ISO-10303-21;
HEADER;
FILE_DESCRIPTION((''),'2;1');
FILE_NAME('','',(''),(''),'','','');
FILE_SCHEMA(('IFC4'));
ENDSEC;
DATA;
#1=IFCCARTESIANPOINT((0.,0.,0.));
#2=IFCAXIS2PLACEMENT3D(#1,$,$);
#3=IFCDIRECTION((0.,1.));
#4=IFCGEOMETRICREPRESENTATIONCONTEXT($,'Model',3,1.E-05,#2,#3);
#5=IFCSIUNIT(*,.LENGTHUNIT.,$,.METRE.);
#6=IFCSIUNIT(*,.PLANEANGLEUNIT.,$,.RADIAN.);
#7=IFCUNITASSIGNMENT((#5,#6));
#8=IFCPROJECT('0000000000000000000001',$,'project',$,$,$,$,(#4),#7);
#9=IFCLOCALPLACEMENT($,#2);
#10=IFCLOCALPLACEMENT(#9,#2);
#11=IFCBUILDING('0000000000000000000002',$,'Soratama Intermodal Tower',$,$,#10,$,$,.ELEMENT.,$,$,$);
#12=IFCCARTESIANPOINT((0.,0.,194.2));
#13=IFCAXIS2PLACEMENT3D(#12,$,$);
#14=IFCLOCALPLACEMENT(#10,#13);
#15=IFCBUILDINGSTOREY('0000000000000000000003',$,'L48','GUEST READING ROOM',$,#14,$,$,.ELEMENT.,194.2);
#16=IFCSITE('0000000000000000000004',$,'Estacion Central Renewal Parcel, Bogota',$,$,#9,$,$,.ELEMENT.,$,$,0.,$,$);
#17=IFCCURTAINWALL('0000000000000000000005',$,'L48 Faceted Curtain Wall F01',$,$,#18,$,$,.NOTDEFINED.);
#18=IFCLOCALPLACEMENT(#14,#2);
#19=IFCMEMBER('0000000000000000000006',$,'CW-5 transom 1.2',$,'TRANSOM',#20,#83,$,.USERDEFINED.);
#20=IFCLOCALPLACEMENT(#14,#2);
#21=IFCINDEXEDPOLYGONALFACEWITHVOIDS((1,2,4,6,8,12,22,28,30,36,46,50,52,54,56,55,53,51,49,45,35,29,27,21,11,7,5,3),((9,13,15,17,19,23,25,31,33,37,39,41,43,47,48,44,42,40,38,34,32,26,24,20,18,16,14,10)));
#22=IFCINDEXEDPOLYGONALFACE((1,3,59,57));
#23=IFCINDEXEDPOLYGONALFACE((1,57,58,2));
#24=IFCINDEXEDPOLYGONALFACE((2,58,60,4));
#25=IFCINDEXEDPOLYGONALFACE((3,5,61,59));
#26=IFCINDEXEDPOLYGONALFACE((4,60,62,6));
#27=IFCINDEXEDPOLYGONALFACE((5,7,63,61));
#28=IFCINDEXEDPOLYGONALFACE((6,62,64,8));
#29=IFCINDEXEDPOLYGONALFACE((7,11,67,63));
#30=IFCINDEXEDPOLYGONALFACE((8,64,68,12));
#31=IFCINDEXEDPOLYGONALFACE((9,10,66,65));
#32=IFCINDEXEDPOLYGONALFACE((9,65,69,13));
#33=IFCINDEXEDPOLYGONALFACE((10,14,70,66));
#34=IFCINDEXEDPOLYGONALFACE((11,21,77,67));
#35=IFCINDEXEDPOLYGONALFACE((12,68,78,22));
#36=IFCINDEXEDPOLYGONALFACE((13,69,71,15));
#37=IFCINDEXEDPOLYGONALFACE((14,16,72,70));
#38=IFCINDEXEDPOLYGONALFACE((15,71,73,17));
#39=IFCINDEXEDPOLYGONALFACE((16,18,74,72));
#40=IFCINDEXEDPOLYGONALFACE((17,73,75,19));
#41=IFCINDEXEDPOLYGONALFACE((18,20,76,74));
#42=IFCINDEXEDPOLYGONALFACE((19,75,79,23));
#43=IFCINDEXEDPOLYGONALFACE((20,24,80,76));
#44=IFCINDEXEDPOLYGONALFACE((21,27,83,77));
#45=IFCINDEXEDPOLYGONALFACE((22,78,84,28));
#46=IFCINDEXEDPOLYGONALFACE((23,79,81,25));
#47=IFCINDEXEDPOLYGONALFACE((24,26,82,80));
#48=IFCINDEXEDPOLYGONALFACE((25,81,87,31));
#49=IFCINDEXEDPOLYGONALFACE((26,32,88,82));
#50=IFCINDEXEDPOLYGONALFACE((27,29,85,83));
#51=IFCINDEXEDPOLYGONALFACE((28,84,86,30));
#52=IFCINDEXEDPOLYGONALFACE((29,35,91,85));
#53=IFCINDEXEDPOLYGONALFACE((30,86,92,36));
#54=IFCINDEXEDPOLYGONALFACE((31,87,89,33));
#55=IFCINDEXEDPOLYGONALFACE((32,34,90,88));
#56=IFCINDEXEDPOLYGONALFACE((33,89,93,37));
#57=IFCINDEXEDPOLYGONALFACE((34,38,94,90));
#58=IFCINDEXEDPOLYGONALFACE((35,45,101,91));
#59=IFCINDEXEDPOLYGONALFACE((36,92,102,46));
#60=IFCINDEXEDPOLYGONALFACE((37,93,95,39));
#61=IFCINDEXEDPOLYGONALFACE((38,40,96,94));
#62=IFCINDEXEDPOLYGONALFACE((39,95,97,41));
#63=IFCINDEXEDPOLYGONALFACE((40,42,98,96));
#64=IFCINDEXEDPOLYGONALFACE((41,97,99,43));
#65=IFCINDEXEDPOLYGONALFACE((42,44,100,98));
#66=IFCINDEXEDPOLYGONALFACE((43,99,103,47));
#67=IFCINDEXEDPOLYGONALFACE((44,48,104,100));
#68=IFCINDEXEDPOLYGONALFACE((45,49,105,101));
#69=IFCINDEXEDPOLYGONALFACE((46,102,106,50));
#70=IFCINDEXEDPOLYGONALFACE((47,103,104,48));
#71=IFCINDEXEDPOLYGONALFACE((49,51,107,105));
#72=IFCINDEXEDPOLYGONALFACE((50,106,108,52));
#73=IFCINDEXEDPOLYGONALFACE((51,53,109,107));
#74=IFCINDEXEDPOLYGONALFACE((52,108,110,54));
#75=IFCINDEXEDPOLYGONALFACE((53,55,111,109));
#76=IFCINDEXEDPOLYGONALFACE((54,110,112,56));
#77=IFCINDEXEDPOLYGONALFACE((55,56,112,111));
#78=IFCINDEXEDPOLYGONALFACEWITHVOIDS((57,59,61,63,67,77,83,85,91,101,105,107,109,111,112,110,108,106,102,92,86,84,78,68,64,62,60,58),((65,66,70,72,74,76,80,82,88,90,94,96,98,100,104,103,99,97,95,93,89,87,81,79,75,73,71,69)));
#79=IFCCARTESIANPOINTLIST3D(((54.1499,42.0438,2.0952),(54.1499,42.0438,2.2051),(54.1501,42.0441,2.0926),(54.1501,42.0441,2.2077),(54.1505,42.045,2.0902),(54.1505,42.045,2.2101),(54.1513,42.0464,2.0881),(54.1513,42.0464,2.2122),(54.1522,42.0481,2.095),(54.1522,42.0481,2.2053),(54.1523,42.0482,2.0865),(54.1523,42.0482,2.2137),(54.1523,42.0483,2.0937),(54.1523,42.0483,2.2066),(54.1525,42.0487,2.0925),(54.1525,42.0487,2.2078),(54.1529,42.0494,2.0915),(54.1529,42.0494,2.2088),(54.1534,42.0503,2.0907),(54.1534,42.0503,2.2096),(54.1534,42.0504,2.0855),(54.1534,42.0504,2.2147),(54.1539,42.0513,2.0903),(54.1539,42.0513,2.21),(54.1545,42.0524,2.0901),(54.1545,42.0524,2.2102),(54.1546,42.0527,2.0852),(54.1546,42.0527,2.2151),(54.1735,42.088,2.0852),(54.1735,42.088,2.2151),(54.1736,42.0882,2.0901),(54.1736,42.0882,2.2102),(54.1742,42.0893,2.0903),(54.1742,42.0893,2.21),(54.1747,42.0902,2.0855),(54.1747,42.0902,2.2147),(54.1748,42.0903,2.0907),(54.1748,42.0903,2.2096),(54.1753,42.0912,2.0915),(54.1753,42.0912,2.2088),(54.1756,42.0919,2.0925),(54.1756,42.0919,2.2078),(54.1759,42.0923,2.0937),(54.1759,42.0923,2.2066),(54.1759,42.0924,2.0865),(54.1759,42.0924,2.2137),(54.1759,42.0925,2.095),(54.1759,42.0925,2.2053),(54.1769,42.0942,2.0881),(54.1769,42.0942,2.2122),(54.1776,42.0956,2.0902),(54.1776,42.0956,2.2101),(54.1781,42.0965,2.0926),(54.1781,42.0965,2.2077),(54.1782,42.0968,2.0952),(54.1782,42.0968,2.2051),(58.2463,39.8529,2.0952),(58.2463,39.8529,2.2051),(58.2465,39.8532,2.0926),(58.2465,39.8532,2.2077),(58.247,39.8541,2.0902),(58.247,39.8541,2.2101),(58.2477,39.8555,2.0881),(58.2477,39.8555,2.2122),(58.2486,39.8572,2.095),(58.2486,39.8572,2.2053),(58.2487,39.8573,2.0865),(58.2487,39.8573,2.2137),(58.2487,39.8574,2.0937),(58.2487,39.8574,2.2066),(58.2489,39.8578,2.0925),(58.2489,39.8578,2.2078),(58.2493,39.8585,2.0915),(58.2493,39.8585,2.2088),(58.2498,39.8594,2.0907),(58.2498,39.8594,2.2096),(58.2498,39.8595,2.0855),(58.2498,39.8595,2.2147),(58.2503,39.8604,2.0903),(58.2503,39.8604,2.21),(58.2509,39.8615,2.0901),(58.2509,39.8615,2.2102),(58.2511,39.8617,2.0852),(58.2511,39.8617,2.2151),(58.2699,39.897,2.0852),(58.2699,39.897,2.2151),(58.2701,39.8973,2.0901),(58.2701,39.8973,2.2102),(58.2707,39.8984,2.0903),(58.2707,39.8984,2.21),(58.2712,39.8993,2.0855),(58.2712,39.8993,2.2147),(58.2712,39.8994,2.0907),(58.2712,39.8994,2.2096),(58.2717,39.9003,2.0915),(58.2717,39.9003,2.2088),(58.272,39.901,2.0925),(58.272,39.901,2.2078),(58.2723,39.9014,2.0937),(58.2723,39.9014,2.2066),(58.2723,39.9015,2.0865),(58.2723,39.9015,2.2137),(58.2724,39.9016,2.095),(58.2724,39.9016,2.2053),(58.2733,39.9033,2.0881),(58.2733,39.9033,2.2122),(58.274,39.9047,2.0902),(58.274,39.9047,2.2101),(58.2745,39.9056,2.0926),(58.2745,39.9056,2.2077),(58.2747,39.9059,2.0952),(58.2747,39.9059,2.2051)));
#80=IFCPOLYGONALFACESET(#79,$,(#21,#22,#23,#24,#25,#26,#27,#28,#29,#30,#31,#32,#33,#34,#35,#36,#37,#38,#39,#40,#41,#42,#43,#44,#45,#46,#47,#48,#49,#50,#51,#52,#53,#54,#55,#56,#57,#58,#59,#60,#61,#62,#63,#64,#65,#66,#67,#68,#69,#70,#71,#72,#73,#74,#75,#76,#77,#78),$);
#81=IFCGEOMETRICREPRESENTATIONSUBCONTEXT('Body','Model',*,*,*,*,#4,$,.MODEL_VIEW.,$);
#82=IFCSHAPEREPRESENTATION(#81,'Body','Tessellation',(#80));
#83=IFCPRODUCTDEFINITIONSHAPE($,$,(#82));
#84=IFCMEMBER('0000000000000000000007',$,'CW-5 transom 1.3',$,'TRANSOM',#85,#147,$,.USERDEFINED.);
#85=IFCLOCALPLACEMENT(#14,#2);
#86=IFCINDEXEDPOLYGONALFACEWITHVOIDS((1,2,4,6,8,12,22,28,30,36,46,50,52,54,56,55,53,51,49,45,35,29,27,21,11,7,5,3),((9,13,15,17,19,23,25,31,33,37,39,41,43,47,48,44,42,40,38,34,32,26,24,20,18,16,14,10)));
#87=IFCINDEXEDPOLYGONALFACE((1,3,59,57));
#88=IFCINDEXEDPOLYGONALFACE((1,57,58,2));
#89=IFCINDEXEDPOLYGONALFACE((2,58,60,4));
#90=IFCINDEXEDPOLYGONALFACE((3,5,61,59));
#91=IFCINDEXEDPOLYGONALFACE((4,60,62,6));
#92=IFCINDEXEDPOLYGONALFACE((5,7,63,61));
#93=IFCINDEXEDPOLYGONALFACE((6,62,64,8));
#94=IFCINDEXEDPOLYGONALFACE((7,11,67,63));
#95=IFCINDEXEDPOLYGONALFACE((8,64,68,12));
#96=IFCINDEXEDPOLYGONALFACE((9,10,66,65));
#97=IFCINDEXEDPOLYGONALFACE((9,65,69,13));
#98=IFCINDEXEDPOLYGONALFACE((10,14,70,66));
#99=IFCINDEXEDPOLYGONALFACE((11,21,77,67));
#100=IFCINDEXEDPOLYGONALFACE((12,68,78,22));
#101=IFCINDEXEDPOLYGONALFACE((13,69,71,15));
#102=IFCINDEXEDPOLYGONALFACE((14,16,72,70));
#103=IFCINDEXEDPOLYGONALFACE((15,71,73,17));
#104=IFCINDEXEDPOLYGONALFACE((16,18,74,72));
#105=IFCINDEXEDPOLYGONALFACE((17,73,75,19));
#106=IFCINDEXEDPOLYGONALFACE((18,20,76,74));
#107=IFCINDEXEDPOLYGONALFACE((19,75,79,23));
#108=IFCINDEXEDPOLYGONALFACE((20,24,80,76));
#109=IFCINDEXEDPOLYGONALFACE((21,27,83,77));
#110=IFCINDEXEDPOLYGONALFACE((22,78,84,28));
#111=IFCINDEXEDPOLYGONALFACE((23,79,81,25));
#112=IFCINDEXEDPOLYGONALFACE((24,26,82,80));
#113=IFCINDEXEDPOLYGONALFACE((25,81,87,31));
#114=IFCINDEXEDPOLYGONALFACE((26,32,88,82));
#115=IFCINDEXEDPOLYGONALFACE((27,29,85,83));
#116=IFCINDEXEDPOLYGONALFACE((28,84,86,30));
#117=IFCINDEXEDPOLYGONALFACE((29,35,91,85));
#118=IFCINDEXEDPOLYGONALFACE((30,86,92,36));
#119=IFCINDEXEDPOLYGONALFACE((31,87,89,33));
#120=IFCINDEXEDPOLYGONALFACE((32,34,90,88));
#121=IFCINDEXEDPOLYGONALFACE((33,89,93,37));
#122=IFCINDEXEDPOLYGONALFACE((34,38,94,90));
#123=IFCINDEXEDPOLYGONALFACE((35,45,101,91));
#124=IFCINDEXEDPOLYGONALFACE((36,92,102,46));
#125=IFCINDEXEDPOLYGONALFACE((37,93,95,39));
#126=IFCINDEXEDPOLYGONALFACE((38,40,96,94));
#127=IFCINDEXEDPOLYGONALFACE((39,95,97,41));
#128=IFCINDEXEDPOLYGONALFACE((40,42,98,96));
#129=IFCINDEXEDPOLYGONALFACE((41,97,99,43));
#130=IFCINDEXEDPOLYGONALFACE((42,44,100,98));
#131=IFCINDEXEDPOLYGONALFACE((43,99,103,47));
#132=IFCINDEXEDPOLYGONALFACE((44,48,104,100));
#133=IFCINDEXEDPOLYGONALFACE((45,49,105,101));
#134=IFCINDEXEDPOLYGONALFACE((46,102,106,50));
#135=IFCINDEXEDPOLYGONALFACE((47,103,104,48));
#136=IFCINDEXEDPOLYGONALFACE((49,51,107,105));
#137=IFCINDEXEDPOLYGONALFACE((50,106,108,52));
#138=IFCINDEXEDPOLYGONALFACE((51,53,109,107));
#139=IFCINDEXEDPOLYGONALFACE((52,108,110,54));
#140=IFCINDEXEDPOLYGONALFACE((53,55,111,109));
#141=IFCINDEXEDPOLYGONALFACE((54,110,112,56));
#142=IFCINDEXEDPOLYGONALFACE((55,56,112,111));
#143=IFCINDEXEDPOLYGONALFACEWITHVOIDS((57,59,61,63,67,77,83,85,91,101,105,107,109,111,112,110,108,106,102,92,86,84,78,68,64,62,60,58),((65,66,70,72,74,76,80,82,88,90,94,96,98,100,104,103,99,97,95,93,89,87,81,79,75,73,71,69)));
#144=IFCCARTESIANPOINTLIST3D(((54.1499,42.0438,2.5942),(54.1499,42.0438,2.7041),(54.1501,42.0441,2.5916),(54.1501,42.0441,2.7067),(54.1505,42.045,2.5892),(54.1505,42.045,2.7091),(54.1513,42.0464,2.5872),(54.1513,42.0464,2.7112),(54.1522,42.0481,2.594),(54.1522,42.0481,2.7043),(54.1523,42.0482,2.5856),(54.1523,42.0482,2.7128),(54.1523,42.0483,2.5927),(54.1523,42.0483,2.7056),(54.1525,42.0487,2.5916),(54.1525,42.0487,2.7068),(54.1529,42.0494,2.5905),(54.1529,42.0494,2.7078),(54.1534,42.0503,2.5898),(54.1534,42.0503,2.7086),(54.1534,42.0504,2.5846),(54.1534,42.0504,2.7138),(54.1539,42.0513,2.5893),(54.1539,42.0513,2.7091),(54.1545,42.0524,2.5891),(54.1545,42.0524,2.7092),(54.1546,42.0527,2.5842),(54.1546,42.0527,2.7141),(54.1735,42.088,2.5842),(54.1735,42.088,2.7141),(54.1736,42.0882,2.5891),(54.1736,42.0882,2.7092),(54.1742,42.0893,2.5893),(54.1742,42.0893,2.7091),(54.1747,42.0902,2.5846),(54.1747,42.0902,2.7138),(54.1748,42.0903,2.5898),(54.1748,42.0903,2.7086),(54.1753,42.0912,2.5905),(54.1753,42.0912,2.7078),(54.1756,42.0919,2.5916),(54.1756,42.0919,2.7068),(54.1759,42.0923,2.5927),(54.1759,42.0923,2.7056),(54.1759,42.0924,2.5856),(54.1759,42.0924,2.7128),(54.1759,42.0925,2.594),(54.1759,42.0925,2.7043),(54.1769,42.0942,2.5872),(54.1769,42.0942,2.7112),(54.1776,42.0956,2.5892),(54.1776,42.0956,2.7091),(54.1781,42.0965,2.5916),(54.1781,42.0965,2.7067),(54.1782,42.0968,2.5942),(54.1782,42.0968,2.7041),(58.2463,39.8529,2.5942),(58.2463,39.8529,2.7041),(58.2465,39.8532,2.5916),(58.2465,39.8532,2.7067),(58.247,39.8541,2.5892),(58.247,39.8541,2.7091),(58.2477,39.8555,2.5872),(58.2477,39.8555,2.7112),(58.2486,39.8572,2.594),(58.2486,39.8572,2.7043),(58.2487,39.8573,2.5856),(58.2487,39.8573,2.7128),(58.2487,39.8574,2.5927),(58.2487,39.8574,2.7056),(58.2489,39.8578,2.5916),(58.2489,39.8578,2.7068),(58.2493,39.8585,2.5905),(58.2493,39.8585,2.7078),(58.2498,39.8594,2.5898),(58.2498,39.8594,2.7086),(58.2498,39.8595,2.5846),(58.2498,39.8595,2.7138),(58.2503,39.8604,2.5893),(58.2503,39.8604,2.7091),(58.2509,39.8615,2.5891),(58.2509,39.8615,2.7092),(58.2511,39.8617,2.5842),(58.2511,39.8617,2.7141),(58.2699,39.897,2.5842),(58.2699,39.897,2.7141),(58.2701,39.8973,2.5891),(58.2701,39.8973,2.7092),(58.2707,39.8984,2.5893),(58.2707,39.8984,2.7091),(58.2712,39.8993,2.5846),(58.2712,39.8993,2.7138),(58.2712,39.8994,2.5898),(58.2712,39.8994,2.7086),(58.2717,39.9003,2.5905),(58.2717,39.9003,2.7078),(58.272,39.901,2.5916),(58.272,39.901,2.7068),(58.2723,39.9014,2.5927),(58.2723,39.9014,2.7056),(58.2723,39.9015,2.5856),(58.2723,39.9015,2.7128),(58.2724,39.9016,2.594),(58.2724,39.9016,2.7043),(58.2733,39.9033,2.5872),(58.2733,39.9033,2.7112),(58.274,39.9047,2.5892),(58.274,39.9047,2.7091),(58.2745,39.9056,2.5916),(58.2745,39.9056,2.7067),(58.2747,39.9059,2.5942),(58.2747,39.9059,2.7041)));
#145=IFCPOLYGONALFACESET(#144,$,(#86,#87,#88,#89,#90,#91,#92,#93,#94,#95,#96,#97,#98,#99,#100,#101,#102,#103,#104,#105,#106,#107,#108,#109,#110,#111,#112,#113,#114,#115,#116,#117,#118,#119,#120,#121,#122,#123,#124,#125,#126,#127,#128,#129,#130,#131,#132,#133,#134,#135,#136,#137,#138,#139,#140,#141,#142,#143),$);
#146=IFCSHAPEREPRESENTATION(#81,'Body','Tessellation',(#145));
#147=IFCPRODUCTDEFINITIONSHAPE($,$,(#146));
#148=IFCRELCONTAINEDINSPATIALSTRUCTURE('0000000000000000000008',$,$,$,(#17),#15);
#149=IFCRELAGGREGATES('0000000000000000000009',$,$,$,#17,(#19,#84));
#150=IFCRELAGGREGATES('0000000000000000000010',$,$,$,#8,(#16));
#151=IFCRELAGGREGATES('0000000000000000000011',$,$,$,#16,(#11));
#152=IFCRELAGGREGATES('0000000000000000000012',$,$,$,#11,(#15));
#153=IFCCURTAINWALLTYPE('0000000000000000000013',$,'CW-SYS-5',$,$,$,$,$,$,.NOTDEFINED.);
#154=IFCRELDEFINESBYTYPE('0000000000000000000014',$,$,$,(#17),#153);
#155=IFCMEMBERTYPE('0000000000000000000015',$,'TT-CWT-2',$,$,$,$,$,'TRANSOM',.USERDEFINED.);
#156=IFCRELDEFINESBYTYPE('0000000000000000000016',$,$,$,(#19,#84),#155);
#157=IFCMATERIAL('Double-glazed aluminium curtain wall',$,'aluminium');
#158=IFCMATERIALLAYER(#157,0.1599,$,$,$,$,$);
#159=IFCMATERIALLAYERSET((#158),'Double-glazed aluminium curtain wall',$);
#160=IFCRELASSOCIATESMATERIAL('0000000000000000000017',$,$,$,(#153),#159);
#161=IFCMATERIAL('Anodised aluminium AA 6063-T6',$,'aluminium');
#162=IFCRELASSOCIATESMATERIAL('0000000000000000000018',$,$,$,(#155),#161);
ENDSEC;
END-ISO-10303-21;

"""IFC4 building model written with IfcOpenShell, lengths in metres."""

from ifc_helpers import new_model, si_unit, direction, frame, origin, origin_2d, place, context, subcontext, project, spatial, hollow_rectangle, extrude, material, layer, layer_set, material_profile, profile_set, type_object, element, aggregate, save


model = new_model("IFC4")

# Units and contexts
model_context = context("Model", 3, precision=1e-05, world=origin(), true_north=direction((0.0, 1.0)))
body_context = subcontext(model_context, "Body", "Model", "MODEL_VIEW")
ifc_project = project(units=[si_unit("LENGTHUNIT", "METRE"), si_unit("PLANEANGLEUNIT", "RADIAN")], contexts=[model_context])

# Site, building, storey
site_placement = place(None, origin())
site = spatial("IfcSite", under=ifc_project, at=site_placement, Name="Estacion Central Renewal Parcel, Bogota", CompositionType="ELEMENT", RefElevation=0.0)
building_placement = place(site_placement, origin())
building = spatial("IfcBuilding", under=site, at=building_placement, Name="Soratama Intermodal Tower", CompositionType="ELEMENT")
storey_placement = place(building_placement, frame((0.0, 0.0, 194.2)))
storey = spatial("IfcBuildingStorey", under=building, at=storey_placement, Name="L48", Description="GUEST READING ROOM", CompositionType="ELEMENT", Elevation=194.2)

# Curtain wall
ifc_material_1 = material(Name="Double-glazed aluminium curtain wall", Category="aluminium")
ifc_layer_1 = layer(ifc_material_1, 0.1599)
ifc_layer_set_1 = layer_set([ifc_layer_1], Name="Double-glazed aluminium curtain wall")
curtain_wall_type = type_object("IfcCurtainWallType", Name="CW-SYS-5", PredefinedType="NOTDEFINED", material=ifc_layer_set_1)
curtain_wall_1_placement = place(storey_placement, origin())
curtain_wall_1 = element("IfcCurtainWall", 1, at=curtain_wall_1_placement, inside=storey, type_object=curtain_wall_type, Name="L48 Faceted Curtain Wall F01", PredefinedType="NOTDEFINED")

# Members
ifc_material_2 = material(Name="Anodised aluminium AA 6063-T6", Category="aluminium")
ifc_material_profile_1 = material_profile(ifc_material_2, hollow_rectangle(XDim=0.0601, YDim=0.1299, WallThickness=0.0049, InnerFilletRadius=0.0049, OuterFilletRadius=0.01, at=origin_2d()), Name="CWT130X60X5")
ifc_profile_set_1 = profile_set([ifc_material_profile_1], Name="Anodised aluminium AA 6063-T6")
member_type_1 = type_object("IfcMemberType", Name="TT-CWT-2", ElementType="TRANSOM", PredefinedType="USERDEFINED", material=ifc_profile_set_1)
member_1_placement = place(storey_placement, frame((58.2605, 39.8794, 2.1501), z_axis=(-0.881802, 0.471619, 0.0), x_axis=(-0.471619, -0.881802, 0.0)))
member_1 = element("IfcMember", 2, at=member_1_placement, type_object=member_type_1, Name="CW-5 transom 1.2", ObjectType="TRANSOM", PredefinedType="USERDEFINED", context=body_context, shape_type="SweptSolid", body=[
    extrude(hollow_rectangle(XDim=0.0601, YDim=0.1299, WallThickness=0.0049, InnerFilletRadius=0.0049, OuterFilletRadius=0.01, at=origin_2d()), origin(), (0.0, 0.0, 1.0), 4.6455),
])
member_2_placement = place(storey_placement, frame((58.2605, 39.8794, 2.6492), z_axis=(-0.881802, 0.471619, 0.0), x_axis=(-0.471619, -0.881802, 0.0)))
member_2 = element("IfcMember", 3, at=member_2_placement, type_object=member_type_1, Name="CW-5 transom 1.3", ObjectType="TRANSOM", PredefinedType="USERDEFINED", context=body_context, shape_type="SweptSolid", body=[
    extrude(hollow_rectangle(XDim=0.0601, YDim=0.1299, WallThickness=0.0049, InnerFilletRadius=0.0049, OuterFilletRadius=0.01, at=origin_2d()), origin(), (0.0, 0.0, 1.0), 4.6455),
])

aggregate(curtain_wall_1, [member_1, member_2])

save(model, "model.ifc")
